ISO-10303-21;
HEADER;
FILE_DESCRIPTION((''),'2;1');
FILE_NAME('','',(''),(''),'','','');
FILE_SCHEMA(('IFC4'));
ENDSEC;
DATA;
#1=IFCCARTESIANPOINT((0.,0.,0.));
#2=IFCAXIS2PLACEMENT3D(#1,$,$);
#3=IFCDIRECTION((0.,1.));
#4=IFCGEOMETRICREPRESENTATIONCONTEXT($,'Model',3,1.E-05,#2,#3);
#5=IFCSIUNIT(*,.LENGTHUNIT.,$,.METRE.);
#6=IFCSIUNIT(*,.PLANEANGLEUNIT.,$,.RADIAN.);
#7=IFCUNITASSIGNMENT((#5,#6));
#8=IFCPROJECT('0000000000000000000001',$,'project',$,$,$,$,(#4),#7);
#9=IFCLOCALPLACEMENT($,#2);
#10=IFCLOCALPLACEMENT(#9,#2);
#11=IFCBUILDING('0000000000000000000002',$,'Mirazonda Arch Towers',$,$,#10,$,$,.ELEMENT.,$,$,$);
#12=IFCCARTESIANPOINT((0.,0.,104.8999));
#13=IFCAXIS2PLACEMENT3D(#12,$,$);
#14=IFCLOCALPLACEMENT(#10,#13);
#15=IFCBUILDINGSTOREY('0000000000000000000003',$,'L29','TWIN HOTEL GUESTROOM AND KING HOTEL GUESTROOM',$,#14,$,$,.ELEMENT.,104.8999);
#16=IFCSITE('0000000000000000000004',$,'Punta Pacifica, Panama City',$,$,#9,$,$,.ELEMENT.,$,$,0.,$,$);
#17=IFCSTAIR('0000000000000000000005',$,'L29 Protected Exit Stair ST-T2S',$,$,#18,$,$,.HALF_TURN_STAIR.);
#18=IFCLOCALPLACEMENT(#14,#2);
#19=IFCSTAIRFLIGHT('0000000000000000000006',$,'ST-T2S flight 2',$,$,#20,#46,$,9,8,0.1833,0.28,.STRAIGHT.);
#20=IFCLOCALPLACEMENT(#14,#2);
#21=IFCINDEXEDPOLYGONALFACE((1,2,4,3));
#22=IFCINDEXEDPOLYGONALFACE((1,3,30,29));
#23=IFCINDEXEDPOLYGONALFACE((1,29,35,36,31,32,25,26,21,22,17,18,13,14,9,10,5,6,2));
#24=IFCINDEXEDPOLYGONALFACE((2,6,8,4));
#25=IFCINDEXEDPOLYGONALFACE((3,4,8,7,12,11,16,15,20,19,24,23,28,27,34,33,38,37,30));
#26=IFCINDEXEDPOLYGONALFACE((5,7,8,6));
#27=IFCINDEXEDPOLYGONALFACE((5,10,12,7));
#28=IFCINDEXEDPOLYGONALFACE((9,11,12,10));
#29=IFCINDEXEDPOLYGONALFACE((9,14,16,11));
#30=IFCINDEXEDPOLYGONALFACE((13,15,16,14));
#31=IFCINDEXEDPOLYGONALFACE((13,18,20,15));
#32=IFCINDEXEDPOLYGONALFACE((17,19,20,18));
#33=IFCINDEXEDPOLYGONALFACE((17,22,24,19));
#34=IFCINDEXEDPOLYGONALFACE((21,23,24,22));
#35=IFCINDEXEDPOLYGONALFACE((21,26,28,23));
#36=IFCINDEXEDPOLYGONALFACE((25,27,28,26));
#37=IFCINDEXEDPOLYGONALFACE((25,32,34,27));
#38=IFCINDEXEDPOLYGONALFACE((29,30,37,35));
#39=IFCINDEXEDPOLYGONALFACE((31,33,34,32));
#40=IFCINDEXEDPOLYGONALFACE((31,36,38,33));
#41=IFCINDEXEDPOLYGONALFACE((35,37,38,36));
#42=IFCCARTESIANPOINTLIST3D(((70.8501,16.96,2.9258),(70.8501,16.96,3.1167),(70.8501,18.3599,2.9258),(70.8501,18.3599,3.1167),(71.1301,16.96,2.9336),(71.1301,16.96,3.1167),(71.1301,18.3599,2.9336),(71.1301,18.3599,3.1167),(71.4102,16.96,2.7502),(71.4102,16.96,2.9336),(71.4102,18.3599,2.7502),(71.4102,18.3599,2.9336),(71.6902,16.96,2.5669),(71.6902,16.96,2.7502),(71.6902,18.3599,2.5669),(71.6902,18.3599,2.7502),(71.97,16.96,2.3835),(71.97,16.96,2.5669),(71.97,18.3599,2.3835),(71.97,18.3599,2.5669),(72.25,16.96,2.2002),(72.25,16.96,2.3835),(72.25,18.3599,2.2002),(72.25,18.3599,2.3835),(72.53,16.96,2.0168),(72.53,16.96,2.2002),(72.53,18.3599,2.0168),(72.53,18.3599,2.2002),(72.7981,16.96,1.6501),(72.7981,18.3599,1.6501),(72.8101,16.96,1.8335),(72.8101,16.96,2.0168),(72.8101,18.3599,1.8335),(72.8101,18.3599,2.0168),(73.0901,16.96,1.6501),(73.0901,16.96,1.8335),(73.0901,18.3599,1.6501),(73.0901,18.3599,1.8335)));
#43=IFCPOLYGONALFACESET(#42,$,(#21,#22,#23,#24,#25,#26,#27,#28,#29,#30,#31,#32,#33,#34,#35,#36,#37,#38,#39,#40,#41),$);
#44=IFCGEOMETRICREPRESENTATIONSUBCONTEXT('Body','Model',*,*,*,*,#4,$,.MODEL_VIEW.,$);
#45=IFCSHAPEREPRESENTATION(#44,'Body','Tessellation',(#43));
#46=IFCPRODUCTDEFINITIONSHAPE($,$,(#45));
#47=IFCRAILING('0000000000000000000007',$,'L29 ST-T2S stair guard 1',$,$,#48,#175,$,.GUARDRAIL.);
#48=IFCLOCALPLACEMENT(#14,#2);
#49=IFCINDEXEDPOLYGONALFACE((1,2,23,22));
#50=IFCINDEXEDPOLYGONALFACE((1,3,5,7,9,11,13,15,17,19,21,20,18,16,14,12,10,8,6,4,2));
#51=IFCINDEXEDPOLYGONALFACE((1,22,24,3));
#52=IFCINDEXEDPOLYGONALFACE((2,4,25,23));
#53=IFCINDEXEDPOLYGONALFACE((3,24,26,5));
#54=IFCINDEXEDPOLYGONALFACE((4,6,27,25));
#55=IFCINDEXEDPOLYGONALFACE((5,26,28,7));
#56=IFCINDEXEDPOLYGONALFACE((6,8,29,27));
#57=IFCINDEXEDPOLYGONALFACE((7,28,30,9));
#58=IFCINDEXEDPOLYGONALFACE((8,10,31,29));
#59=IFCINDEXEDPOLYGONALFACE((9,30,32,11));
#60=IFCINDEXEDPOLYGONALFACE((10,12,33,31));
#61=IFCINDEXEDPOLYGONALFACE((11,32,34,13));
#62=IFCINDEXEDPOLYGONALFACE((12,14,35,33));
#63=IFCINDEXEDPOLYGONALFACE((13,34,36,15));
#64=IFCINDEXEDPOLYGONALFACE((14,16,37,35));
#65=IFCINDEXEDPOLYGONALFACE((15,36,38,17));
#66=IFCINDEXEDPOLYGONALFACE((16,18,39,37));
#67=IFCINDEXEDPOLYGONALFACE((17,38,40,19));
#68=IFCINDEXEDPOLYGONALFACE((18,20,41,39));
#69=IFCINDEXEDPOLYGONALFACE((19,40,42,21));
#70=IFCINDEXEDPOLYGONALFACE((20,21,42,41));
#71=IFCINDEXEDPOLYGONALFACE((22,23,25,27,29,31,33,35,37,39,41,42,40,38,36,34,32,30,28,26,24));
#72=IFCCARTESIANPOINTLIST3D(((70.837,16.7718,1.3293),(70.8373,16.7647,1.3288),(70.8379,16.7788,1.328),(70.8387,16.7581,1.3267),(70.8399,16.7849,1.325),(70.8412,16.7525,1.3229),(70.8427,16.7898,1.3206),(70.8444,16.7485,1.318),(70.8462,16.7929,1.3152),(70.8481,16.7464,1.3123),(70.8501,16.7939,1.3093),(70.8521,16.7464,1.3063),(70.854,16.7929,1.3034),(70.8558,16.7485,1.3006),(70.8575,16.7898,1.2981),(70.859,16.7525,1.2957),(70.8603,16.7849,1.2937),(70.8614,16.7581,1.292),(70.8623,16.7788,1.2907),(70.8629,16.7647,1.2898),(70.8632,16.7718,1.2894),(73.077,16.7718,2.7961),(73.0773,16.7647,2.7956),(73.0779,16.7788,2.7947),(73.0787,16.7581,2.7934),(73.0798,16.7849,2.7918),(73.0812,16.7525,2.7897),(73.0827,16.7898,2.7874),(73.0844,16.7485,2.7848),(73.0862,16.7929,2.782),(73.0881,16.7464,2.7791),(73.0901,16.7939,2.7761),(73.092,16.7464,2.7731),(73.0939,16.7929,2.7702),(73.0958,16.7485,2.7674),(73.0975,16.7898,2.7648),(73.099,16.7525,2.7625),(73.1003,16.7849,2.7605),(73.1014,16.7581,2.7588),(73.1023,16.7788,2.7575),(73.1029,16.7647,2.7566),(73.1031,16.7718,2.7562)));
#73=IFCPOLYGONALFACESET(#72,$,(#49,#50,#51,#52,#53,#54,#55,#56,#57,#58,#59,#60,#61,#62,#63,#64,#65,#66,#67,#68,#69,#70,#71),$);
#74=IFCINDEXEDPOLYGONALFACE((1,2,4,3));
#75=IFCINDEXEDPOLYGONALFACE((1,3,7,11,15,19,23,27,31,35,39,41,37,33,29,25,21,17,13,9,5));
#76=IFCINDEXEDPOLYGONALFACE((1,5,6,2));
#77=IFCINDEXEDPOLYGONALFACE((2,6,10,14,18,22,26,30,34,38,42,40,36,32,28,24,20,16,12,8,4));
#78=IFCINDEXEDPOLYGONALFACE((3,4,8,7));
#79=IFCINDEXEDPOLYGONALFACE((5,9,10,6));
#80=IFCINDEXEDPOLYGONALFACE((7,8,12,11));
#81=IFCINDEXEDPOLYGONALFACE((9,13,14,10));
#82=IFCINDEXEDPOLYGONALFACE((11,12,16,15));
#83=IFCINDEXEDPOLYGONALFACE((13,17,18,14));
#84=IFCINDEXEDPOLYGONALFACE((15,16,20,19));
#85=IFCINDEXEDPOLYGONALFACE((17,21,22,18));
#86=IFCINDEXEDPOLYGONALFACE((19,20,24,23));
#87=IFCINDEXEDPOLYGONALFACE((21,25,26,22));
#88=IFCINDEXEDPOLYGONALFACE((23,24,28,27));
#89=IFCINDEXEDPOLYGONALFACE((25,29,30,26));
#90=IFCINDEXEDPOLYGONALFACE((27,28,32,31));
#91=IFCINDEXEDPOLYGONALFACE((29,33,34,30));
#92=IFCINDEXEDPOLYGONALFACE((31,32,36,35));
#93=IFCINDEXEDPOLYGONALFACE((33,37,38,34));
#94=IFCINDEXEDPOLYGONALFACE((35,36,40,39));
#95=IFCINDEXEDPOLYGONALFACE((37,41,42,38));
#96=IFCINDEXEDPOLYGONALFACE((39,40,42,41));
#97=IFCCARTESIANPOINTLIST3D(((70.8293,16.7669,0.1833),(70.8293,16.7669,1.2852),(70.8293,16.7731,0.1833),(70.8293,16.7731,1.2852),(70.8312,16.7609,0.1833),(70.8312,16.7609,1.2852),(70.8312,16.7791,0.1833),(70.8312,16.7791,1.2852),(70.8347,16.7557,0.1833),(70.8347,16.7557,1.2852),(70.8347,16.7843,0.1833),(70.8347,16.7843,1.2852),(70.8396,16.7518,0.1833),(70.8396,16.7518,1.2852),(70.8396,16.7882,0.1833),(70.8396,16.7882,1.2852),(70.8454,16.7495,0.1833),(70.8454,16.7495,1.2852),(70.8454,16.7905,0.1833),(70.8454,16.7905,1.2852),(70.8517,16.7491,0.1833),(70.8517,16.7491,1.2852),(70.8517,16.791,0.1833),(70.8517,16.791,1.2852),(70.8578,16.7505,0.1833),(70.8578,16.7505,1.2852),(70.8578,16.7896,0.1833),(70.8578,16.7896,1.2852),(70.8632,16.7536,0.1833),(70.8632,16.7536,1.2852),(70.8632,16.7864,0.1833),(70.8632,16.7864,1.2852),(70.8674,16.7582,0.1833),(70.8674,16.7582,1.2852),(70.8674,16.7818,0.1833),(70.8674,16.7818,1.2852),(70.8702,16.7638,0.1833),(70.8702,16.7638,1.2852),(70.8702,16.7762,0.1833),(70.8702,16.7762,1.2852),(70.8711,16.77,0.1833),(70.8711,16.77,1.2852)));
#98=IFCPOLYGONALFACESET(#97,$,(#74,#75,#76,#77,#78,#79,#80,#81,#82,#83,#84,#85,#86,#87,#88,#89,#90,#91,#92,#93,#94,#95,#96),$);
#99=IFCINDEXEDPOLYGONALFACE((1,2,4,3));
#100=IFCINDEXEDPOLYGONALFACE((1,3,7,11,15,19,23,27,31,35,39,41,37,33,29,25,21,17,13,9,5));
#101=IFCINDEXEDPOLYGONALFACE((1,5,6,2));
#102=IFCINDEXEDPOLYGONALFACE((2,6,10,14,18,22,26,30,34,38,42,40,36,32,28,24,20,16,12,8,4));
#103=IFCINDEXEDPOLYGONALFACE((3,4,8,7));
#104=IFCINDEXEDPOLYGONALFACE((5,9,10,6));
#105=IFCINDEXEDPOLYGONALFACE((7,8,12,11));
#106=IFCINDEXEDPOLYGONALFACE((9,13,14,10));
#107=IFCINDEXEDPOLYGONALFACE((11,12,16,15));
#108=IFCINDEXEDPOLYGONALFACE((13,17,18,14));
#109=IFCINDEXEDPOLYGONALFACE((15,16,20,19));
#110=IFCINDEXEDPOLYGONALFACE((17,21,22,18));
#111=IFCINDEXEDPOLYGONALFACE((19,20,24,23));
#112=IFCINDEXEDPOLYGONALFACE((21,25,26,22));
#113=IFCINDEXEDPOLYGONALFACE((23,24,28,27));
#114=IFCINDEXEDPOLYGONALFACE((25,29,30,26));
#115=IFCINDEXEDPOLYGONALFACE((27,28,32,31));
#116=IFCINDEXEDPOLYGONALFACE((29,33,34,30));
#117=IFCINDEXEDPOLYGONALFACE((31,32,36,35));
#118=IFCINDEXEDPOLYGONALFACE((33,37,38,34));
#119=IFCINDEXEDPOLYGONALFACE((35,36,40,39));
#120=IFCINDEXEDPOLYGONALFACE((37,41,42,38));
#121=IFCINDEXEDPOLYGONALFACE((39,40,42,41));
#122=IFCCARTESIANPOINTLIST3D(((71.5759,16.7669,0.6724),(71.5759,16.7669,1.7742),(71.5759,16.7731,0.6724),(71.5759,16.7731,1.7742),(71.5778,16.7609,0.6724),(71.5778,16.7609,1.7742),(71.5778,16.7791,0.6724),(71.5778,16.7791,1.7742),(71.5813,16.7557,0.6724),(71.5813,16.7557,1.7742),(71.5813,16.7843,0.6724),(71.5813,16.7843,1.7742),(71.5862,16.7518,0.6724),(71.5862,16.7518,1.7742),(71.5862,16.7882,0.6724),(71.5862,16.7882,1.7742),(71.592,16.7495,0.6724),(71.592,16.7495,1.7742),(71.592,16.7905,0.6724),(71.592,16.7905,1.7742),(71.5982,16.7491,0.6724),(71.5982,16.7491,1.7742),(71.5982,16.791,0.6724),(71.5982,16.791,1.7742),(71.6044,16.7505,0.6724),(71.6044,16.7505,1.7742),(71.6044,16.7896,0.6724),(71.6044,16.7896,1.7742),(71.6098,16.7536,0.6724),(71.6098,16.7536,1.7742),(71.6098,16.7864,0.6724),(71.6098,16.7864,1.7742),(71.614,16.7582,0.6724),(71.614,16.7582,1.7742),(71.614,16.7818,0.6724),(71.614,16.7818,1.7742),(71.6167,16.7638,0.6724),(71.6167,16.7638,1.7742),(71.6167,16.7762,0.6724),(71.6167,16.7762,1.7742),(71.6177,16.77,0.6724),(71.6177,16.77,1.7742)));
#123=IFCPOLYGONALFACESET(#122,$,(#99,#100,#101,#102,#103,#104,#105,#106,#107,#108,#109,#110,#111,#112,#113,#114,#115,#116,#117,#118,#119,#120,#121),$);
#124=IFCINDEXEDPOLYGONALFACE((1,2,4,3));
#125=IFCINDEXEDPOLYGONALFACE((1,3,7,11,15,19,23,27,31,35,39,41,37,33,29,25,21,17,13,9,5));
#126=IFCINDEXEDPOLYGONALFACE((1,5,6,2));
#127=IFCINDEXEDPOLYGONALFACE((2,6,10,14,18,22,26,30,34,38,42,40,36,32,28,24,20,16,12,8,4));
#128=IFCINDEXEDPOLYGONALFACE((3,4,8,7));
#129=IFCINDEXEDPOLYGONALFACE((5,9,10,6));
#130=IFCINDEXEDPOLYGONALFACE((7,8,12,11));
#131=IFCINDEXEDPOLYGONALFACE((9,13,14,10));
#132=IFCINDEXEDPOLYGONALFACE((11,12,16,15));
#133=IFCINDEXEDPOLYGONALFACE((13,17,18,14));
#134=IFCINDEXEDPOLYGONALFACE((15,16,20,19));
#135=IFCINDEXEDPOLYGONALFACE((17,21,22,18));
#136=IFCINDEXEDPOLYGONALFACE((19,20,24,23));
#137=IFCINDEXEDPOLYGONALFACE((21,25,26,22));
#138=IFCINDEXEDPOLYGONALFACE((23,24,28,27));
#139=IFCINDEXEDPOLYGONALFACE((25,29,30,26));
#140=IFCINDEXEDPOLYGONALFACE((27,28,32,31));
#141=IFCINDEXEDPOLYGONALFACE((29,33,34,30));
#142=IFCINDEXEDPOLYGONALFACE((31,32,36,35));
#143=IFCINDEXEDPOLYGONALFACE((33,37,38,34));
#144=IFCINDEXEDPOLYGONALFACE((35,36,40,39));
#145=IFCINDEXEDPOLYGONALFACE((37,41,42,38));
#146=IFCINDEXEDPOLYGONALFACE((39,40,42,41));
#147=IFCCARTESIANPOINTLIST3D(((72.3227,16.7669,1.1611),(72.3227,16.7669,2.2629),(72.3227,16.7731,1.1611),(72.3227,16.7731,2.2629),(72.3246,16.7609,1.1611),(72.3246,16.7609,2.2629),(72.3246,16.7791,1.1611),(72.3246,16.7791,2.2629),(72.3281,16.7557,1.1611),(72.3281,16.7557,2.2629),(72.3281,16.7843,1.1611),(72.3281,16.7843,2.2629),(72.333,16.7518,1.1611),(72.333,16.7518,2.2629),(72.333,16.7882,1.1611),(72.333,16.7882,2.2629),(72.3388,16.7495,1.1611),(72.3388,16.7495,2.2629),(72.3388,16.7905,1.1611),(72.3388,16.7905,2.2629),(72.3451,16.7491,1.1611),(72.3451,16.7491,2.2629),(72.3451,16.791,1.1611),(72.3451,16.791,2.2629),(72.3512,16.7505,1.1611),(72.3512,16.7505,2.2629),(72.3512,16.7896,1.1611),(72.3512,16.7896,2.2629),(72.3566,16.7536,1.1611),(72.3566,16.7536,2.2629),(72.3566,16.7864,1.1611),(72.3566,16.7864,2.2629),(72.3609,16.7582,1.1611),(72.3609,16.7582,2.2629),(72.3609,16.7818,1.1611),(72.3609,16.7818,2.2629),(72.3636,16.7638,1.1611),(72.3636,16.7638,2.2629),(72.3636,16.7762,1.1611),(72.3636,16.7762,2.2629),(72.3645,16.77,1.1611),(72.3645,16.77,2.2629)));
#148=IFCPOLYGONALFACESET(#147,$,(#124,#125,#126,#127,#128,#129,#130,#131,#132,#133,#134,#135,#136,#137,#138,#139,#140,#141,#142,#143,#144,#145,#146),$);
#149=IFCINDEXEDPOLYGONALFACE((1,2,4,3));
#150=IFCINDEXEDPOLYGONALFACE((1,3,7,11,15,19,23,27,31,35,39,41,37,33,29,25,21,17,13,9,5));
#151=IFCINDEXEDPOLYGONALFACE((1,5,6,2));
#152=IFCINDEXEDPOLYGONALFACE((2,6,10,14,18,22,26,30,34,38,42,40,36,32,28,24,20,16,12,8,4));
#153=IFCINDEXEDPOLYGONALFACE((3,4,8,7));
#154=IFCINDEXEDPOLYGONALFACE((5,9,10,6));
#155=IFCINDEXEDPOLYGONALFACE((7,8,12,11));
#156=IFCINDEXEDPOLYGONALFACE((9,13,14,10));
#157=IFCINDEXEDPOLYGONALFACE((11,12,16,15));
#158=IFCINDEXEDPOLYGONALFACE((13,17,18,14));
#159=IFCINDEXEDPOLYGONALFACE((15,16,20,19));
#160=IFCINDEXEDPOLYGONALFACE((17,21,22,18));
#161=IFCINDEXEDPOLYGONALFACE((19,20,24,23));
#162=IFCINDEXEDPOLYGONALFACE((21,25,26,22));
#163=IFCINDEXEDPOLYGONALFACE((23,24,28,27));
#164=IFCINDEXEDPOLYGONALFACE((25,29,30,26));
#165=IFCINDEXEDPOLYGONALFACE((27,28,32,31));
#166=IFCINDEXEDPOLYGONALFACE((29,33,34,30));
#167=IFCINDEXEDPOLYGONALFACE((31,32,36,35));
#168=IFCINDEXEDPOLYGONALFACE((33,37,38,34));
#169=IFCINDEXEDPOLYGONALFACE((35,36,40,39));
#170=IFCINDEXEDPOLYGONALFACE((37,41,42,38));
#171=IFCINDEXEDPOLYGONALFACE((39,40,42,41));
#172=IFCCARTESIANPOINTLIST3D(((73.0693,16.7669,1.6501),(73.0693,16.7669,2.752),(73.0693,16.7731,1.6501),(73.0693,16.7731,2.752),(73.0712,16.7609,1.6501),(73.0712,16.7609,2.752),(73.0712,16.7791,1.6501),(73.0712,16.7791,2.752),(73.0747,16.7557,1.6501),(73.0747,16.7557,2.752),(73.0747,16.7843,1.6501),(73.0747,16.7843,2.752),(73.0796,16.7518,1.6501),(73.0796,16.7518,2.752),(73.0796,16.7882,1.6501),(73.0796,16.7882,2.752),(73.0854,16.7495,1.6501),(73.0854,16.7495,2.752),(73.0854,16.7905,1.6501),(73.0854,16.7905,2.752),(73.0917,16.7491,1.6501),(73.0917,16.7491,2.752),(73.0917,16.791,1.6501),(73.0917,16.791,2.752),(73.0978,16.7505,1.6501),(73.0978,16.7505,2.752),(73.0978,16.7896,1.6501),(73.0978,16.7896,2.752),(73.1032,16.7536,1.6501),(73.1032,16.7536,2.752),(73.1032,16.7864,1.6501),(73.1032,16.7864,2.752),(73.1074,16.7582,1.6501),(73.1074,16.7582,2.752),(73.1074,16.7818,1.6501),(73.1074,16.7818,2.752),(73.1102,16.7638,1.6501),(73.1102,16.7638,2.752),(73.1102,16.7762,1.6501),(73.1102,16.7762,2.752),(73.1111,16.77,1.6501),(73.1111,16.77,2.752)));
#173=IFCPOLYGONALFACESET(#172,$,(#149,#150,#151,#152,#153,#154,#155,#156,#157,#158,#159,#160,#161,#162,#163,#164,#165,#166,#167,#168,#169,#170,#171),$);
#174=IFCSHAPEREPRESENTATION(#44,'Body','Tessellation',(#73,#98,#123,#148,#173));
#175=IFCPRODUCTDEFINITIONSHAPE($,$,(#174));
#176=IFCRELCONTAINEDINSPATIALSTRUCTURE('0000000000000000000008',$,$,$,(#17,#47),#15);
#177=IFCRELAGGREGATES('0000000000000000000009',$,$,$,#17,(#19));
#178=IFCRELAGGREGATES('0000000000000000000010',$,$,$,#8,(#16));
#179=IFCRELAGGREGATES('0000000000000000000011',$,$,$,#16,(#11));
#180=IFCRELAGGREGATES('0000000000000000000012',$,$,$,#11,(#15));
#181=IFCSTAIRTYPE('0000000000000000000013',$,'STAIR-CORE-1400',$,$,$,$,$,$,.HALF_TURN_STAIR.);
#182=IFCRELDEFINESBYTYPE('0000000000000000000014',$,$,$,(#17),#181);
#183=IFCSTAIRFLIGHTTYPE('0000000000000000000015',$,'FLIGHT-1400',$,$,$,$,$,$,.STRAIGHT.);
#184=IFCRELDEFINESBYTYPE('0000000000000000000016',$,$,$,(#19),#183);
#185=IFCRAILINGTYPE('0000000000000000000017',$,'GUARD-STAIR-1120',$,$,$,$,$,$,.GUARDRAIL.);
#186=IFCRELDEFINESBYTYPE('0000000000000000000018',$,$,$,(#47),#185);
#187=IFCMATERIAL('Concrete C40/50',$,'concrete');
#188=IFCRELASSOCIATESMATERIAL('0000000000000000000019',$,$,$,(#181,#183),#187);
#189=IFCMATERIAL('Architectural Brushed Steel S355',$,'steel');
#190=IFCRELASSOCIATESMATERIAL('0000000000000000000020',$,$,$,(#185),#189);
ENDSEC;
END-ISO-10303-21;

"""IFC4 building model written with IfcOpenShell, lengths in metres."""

from ifc_helpers import new_model, si_unit, direction, frame, origin, origin_2d, place, context, subcontext, project, spatial, polyline, circle, outline, extrude, material, type_object, element, aggregate, save


model = new_model("IFC4")

# Units and contexts
model_context = context("Model", 3, precision=1e-05, world=origin(), true_north=direction((0.0, 1.0)))
body_context = subcontext(model_context, "Body", "Model", "MODEL_VIEW")
ifc_project = project(units=[si_unit("LENGTHUNIT", "METRE"), si_unit("PLANEANGLEUNIT", "RADIAN")], contexts=[model_context])

# Site, building, storey
site_placement = place(None, origin())
site = spatial("IfcSite", under=ifc_project, at=site_placement, Name="Punta Pacifica, Panama City", CompositionType="ELEMENT", RefElevation=0.0)
building_placement = place(site_placement, origin())
building = spatial("IfcBuilding", under=site, at=building_placement, Name="Mirazonda Arch Towers", CompositionType="ELEMENT")
storey_placement = place(building_placement, frame((0.0, 0.0, 104.8999)))
storey = spatial("IfcBuildingStorey", under=building, at=storey_placement, Name="L29", Description="TWIN HOTEL GUESTROOM AND KING HOTEL GUESTROOM", CompositionType="ELEMENT", Elevation=104.8999)

# Shared definitions
ifc_material_1 = material(Name="Concrete C40/50", Category="concrete")

# Stair, stair flight
stair_type = type_object("IfcStairType", Name="STAIR-CORE-1400", PredefinedType="HALF_TURN_STAIR", material=ifc_material_1)
stair_placement = place(storey_placement, origin())
stair = element("IfcStair", 1, at=stair_placement, inside=storey, type_object=stair_type, Name="L29 Protected Exit Stair ST-T2S", PredefinedType="HALF_TURN_STAIR")
stair_flight_type = type_object("IfcStairFlightType", Name="FLIGHT-1400", PredefinedType="STRAIGHT", material=ifc_material_1)
stair_flight_placement = place(storey_placement, frame((73.0901, 17.6599, 1.6501), z_axis=(0.0, 0.0, 1.0), x_axis=(-1.0, 0.0, 0.0)))
stair_flight = element("IfcStairFlight", 2, at=stair_flight_placement, type_object=stair_flight_type, Name="ST-T2S flight 2", NumberOfRisers=9, NumberOfTreads=8, PredefinedType="STRAIGHT", RiserHeight=0.1833, TreadLength=0.28, context=body_context, shape_type="SweptSolid", body=[
    extrude(outline(polyline([(0.0, 0.0), (0.0, 0.1833), (0.28, 0.1833), (0.28, 0.3667), (0.5601, 0.3667), (0.5601, 0.55), (0.8401, 0.55), (0.8401, 0.7334), (1.1201, 0.7334), (1.1201, 0.9167), (1.3999, 0.9167), (1.3999, 1.1001), (1.6799, 1.1001), (1.6799, 1.2834), (1.96, 1.2834), (1.96, 1.4666), (2.24, 1.4666), (2.24, 1.6499), (2.24, 1.2756), (0.292, 0.0), (0.0, 0.0)])), frame((0.0, 0.7, 0.0), z_axis=(0.0, -1.0, 0.0), x_axis=(1.0, 0.0, 0.0)), (0.0, 0.0, 1.0), 1.3999),
])
aggregate(stair, [stair_flight])

# Railing
ifc_material_2 = material(Name="Architectural Brushed Steel S355", Category="steel")
railing_type_1 = type_object("IfcRailingType", Name="GUARD-STAIR-1120", PredefinedType="GUARDRAIL", material=ifc_material_2)
railing_1_placement = place(storey_placement, frame((70.8501, 16.77, 0.1833)))
element("IfcRailing", 3, at=railing_1_placement, inside=storey, type_object=railing_type_1, Name="L29 ST-T2S stair guard 1", PredefinedType="GUARDRAIL", context=body_context, shape_type="SweptSolid", body=[
    extrude(circle(Radius=0.0239, at=origin_2d()), frame((0.0, 0.0, 1.126), z_axis=(0.836595, 0.0, 0.547822), x_axis=(0.0, 1.0, 0.0)), (0.0, 0.0, 1.0), 2.6775),
    extrude(circle(Radius=0.021, at=origin_2d()), origin(), (0.0, 0.0, 1.0), 1.1018),
    extrude(circle(Radius=0.021, at=origin_2d()), frame((0.7466, 0.0, 0.489)), (0.0, 0.0, 1.0), 1.1018),
    extrude(circle(Radius=0.021, at=origin_2d()), frame((1.4934, 0.0, 0.9778)), (0.0, 0.0, 1.0), 1.1018),
    extrude(circle(Radius=0.021, at=origin_2d()), frame((2.24, 0.0, 1.4668)), (0.0, 0.0, 1.0), 1.1018),
])

save(model, "model.ifc")
